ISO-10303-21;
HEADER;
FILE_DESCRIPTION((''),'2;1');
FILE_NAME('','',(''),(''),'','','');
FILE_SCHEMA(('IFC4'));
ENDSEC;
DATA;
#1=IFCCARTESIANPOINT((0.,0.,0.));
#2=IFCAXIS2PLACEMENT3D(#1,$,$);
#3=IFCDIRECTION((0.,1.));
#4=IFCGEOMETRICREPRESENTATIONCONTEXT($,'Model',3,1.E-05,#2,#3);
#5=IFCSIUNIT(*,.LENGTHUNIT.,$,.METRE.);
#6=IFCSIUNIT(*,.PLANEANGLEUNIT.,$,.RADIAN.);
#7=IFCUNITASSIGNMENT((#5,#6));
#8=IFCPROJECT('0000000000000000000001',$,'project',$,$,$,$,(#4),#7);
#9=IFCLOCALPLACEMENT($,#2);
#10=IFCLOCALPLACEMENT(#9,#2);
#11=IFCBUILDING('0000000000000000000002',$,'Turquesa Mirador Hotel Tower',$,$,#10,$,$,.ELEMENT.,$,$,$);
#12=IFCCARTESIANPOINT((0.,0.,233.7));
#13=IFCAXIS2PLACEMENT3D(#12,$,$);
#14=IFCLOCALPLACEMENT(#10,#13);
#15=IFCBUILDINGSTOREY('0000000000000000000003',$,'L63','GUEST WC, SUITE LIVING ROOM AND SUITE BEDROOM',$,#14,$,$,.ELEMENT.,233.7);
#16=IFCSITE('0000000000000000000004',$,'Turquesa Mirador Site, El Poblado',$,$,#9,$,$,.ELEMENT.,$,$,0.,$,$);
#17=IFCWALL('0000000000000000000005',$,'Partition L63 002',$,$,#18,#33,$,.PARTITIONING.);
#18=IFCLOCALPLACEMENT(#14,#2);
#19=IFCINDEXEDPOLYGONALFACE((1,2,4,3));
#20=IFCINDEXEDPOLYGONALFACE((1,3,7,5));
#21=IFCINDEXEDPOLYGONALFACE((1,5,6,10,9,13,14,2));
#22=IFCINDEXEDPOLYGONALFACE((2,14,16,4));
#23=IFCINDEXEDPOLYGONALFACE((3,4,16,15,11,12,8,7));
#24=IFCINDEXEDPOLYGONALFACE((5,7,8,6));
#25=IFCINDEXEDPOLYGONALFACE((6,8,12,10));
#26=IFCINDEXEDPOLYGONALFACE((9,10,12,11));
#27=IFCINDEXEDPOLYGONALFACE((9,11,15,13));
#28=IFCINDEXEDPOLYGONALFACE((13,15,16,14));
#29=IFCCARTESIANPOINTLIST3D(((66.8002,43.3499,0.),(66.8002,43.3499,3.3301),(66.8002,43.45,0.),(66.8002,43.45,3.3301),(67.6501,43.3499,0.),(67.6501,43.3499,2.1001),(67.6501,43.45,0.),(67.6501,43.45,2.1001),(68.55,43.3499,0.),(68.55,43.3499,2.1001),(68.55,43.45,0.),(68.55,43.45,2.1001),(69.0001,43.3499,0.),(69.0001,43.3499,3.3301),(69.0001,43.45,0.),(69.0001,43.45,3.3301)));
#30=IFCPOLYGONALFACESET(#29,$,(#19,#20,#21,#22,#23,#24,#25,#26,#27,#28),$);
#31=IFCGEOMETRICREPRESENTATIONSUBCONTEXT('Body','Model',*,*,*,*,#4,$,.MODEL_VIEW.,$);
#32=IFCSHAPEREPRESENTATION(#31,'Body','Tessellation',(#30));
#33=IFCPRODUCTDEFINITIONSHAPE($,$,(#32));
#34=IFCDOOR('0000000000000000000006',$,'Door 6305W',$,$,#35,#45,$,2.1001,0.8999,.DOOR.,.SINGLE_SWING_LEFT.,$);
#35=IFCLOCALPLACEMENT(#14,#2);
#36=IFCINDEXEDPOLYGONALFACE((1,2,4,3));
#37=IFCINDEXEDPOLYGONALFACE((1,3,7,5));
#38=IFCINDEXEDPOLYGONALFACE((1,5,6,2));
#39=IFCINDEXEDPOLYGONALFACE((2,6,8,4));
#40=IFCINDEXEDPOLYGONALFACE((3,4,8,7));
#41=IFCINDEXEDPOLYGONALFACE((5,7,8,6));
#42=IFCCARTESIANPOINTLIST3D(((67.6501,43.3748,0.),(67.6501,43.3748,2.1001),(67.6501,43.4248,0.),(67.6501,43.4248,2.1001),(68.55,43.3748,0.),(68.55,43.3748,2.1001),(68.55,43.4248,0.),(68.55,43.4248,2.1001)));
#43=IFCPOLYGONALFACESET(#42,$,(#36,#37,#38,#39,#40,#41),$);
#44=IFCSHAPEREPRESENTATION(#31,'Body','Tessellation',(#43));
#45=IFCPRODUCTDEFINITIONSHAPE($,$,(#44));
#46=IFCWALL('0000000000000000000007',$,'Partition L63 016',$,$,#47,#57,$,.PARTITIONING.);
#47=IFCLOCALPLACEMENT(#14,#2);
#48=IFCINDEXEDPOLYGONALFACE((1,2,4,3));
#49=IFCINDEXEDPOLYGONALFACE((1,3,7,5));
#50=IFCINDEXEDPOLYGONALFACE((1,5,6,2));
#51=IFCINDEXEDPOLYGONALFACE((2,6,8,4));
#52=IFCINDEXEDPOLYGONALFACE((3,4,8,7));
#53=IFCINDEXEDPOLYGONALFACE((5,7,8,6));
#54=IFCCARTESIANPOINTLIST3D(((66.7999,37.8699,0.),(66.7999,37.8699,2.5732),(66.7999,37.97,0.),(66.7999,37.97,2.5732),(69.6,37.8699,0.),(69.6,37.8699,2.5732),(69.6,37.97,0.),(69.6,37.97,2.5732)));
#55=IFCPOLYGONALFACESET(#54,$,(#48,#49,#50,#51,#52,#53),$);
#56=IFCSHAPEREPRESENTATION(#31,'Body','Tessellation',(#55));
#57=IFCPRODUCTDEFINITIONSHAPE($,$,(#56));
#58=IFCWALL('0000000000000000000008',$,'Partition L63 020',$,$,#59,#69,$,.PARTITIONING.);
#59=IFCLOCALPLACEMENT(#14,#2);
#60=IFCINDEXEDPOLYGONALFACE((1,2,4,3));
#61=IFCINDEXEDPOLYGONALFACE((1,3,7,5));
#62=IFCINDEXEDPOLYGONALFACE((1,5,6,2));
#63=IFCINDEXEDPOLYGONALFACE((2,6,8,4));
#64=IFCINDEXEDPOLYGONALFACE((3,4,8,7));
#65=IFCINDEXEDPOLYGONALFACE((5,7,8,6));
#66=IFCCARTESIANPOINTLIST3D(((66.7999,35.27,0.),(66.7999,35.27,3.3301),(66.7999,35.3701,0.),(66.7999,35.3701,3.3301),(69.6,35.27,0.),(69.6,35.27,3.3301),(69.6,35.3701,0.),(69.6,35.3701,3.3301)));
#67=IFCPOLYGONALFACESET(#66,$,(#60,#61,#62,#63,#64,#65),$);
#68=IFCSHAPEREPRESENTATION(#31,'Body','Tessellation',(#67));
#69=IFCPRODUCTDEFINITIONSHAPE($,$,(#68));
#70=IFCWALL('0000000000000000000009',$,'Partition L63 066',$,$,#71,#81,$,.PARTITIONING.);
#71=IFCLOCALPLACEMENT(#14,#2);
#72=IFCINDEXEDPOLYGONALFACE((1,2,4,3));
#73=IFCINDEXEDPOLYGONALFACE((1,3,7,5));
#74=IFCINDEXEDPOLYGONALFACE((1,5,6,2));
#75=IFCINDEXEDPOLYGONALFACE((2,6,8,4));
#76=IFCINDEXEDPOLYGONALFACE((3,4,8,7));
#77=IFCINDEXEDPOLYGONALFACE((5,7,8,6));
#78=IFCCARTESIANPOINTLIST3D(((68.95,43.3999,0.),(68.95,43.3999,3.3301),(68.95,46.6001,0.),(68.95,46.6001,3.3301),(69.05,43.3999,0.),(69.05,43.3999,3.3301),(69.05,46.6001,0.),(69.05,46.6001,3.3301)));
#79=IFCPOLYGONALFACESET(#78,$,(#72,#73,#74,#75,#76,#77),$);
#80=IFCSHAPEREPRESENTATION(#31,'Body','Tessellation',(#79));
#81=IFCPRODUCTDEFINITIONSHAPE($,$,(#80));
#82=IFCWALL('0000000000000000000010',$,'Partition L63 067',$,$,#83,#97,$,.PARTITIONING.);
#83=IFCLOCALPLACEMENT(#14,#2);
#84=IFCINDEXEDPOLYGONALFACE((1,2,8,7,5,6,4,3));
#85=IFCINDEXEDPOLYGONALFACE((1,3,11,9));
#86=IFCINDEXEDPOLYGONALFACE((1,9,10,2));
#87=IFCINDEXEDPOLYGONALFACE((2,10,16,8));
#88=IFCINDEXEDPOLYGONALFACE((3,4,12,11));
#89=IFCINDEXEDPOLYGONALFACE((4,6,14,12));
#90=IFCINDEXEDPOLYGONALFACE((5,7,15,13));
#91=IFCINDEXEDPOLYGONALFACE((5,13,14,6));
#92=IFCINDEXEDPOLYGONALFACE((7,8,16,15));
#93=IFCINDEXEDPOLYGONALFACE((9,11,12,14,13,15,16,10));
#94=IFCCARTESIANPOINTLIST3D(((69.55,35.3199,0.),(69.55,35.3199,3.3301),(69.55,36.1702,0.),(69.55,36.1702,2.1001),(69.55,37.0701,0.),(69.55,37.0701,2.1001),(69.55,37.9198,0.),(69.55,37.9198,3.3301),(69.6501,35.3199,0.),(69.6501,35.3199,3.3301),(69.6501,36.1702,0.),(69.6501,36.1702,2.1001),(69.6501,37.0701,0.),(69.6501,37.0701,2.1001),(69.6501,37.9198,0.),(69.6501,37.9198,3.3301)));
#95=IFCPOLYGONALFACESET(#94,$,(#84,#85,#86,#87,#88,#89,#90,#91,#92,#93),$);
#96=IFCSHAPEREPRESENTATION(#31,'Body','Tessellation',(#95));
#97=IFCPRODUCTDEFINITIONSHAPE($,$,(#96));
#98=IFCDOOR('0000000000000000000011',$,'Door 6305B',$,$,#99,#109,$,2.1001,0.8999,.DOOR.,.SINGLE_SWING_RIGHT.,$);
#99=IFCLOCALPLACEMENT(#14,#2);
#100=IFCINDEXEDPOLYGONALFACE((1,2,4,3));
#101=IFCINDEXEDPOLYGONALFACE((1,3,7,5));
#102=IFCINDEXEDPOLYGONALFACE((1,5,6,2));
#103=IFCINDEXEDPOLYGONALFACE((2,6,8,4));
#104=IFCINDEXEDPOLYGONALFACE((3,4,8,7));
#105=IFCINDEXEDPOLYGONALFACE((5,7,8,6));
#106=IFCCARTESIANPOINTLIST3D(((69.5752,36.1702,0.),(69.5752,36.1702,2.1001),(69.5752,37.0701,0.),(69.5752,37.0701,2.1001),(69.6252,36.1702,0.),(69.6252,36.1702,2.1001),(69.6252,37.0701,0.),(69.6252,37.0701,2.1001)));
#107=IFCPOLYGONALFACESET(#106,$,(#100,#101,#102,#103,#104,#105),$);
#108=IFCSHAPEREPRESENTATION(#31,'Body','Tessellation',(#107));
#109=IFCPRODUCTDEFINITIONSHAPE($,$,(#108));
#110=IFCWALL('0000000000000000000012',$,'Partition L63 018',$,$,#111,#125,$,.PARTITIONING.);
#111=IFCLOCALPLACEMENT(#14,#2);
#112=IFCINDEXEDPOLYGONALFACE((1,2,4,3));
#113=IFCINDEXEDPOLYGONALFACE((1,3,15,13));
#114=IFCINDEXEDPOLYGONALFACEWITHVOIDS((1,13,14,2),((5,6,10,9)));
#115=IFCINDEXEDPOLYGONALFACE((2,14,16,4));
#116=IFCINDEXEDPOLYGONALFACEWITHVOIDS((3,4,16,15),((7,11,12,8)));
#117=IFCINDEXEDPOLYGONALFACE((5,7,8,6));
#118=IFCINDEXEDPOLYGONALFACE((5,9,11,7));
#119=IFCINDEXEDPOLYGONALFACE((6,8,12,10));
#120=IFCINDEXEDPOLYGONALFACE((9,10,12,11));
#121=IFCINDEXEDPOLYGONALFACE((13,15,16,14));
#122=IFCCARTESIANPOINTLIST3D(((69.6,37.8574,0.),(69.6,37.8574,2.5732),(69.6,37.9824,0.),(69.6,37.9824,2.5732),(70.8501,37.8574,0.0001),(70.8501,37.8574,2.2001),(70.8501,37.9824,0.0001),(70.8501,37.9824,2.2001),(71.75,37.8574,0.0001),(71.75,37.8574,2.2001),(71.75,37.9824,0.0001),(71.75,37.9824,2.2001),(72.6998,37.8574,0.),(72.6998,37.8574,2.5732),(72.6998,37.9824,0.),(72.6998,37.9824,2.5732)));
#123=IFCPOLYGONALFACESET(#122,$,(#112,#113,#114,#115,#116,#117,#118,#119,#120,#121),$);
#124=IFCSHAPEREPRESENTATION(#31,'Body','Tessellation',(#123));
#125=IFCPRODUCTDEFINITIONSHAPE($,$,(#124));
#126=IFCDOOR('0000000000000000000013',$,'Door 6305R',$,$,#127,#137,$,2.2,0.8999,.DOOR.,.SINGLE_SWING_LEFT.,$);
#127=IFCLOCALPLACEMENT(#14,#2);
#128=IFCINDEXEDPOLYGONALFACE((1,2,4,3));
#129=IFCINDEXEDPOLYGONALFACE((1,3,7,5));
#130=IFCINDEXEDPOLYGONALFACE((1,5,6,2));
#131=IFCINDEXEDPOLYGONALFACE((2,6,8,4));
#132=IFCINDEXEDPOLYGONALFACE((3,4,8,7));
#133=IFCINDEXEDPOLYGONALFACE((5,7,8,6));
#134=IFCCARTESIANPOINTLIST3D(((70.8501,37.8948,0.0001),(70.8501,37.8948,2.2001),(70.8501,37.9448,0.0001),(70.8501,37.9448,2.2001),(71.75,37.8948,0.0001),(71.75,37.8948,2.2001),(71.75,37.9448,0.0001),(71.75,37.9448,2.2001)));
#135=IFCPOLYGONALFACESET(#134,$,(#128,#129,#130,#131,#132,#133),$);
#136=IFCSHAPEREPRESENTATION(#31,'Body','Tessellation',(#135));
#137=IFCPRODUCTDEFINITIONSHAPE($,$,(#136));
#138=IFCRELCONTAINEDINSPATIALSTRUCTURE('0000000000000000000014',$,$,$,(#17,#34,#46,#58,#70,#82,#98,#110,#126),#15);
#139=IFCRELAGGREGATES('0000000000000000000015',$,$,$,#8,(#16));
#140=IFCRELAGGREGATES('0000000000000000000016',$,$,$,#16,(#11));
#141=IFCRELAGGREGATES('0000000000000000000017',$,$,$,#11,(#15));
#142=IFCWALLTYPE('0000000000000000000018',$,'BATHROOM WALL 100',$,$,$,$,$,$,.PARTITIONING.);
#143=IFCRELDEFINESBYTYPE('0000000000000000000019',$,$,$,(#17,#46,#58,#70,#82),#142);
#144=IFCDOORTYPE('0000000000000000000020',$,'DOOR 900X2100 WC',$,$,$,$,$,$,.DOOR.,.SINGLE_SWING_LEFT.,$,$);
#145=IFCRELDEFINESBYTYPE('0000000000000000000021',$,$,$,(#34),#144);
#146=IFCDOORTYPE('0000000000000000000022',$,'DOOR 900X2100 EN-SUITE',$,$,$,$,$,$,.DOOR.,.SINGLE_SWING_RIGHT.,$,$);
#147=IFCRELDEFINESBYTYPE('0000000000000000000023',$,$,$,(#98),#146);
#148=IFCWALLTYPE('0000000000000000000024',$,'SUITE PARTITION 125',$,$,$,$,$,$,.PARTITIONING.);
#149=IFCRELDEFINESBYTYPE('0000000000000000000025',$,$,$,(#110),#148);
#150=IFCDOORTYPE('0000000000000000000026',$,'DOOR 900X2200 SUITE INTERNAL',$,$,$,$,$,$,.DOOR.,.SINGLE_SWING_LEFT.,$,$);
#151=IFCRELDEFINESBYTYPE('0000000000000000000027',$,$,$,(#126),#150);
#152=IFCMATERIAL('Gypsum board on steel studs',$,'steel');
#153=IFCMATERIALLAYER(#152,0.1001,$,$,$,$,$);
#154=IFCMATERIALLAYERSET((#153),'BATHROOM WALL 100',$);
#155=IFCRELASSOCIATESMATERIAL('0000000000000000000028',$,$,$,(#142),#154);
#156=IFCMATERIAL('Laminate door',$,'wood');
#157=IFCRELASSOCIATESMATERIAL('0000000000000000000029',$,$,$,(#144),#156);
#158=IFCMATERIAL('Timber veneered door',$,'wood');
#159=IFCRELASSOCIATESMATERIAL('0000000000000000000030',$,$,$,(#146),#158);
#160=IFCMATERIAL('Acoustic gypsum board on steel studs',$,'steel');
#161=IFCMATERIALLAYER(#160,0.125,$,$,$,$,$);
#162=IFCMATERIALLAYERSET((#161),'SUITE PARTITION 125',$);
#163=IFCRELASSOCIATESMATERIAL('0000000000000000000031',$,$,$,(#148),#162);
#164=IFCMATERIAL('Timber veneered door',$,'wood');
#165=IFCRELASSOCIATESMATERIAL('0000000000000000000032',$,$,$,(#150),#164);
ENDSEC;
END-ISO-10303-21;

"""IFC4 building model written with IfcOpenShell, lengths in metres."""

from ifc_helpers import new_model, si_unit, direction, frame, frame_2d, origin, place, context, subcontext, project, spatial, rectangle, extrude, material, layer, layer_set, type_object, element, fill, save


model = new_model("IFC4")

# Units and contexts
model_context = context("Model", 3, precision=1e-05, world=origin(), true_north=direction((0.0, 1.0)))
body_context = subcontext(model_context, "Body", "Model", "MODEL_VIEW")
ifc_project = project(units=[si_unit("LENGTHUNIT", "METRE"), si_unit("PLANEANGLEUNIT", "RADIAN")], contexts=[model_context])

# Site, building, storey
site_placement = place(None, origin())
site = spatial("IfcSite", under=ifc_project, at=site_placement, Name="Turquesa Mirador Site, El Poblado", CompositionType="ELEMENT", RefElevation=0.0)
building_placement = place(site_placement, origin())
building = spatial("IfcBuilding", under=site, at=building_placement, Name="Turquesa Mirador Hotel Tower", CompositionType="ELEMENT")
storey_placement = place(building_placement, frame((0.0, 0.0, 233.7)))
storey = spatial("IfcBuildingStorey", under=building, at=storey_placement, Name="L63", Description="GUEST WC, SUITE LIVING ROOM AND SUITE BEDROOM", CompositionType="ELEMENT", Elevation=233.7)

# Wall, opening, door
ifc_material_1 = material(Name="Gypsum board on steel studs", Category="steel")
ifc_layer_1 = layer(ifc_material_1, 0.1001)
ifc_layer_set_1 = layer_set([ifc_layer_1], Name="BATHROOM WALL 100")
wall_type_1 = type_object("IfcWallType", Name="BATHROOM WALL 100", PredefinedType="PARTITIONING", material=ifc_layer_set_1)
wall_1_placement = place(storey_placement, frame((66.8, 43.3999, 0.0), z_axis=(0.0, 0.0, 1.0), x_axis=(1.0, 0.0, 0.0)))
wall_1 = element("IfcWall", 1, at=wall_1_placement, inside=storey, type_object=wall_type_1, Name="Partition L63 002", PredefinedType="PARTITIONING", context=body_context, shape_type="SweptSolid", body=[
    extrude(rectangle(XDim=2.2, YDim=0.1001, at=frame_2d((1.1001, 0.0))), origin(), (0.0, 0.0, 1.0), 3.3301),
])
opening_1_placement = place(wall_1_placement, frame((0.8501, 0.0, 0.0)))
opening_1 = element("IfcOpeningElement", 2, at=opening_1_placement, cuts=wall_1, PredefinedType="OPENING", context=body_context, shape_type="SweptSolid", body=[
    extrude(rectangle(XDim=0.8999, YDim=2.1001, at=frame_2d((0.45, 1.05))), frame((0.0, 0.0601, 0.0), z_axis=(0.0, -1.0, 0.0), x_axis=(1.0, 0.0, 0.0)), (0.0, 0.0, 1.0), 0.1201),
])
ifc_material_2 = material(Name="Laminate door", Category="wood")
door_type_1 = type_object("IfcDoorType", Name="DOOR 900X2100 WC", OperationType="SINGLE_SWING_LEFT", PredefinedType="DOOR", material=ifc_material_2)
door_1_placement = place(opening_1_placement, origin())
door_1 = element("IfcDoor", 3, at=door_1_placement, inside=storey, type_object=door_type_1, Name="Door 6305W", OperationType="SINGLE_SWING_LEFT", OverallHeight=2.1001, OverallWidth=0.8999, PredefinedType="DOOR", context=body_context, shape_type="SweptSolid", body=[
    extrude(rectangle(XDim=0.8999, YDim=2.1001, at=frame_2d((0.45, 1.05))), frame((0.0, 0.0249, 0.0), z_axis=(0.0, -1.0, 0.0), x_axis=(1.0, 0.0, 0.0)), (0.0, 0.0, 1.0), 0.05),
])
fill(opening_1, door_1)

# Walls
wall_2_placement = place(storey_placement, frame((66.8, 37.9199, 0.0), z_axis=(0.0, 0.0, 1.0), x_axis=(1.0, 0.0, 0.0)))
element("IfcWall", 4, at=wall_2_placement, inside=storey, type_object=wall_type_1, Name="Partition L63 016", PredefinedType="PARTITIONING", context=body_context, shape_type="SweptSolid", body=[
    extrude(rectangle(XDim=2.8, YDim=0.1001, at=frame_2d((1.3999, 0.0))), origin(), (0.0, 0.0, 1.0), 2.5732),
])
wall_3_placement = place(storey_placement, frame((66.8, 35.3201, 0.0), z_axis=(0.0, 0.0, 1.0), x_axis=(1.0, 0.0, 0.0)))
element("IfcWall", 5, at=wall_3_placement, inside=storey, type_object=wall_type_1, Name="Partition L63 020", PredefinedType="PARTITIONING", context=body_context, shape_type="SweptSolid", body=[
    extrude(rectangle(XDim=2.8, YDim=0.1001, at=frame_2d((1.3999, 0.0))), origin(), (0.0, 0.0, 1.0), 3.3301),
])
wall_4_placement = place(storey_placement, frame((69.0, 43.3999, 0.0), z_axis=(0.0, 0.0, 1.0), x_axis=(0.0, 1.0, 0.0)))
element("IfcWall", 6, at=wall_4_placement, inside=storey, type_object=wall_type_1, Name="Partition L63 066", PredefinedType="PARTITIONING", context=body_context, shape_type="SweptSolid", body=[
    extrude(rectangle(XDim=3.2002, YDim=0.1001, at=frame_2d((1.6001, 0.0))), origin(), (0.0, 0.0, 1.0), 3.3301),
])

# Walls, openings, doors
wall_5_placement = place(storey_placement, frame((69.6001, 35.3201, 0.0), z_axis=(0.0, 0.0, 1.0), x_axis=(0.0, 1.0, 0.0)))
wall_5 = element("IfcWall", 7, at=wall_5_placement, inside=storey, type_object=wall_type_1, Name="Partition L63 067", PredefinedType="PARTITIONING", context=body_context, shape_type="SweptSolid", body=[
    extrude(rectangle(XDim=2.5999, YDim=0.1001, at=frame_2d((1.2998, 0.0))), origin(), (0.0, 0.0, 1.0), 3.3301),
])
opening_2_placement = place(wall_5_placement, frame((0.8501, 0.0, 0.0)))
opening_2 = element("IfcOpeningElement", 8, at=opening_2_placement, cuts=wall_5, PredefinedType="OPENING", context=body_context, shape_type="SweptSolid", body=[
    extrude(rectangle(XDim=0.8999, YDim=2.1001, at=frame_2d((0.45, 1.05))), frame((0.0, 0.0601, 0.0), z_axis=(0.0, -1.0, 0.0), x_axis=(1.0, 0.0, 0.0)), (0.0, 0.0, 1.0), 0.1201),
])
ifc_material_3 = material(Name="Timber veneered door", Category="wood")
door_type_2 = type_object("IfcDoorType", Name="DOOR 900X2100 EN-SUITE", OperationType="SINGLE_SWING_RIGHT", PredefinedType="DOOR", material=ifc_material_3)
door_2_placement = place(opening_2_placement, origin())
door_2 = element("IfcDoor", 9, at=door_2_placement, inside=storey, type_object=door_type_2, Name="Door 6305B", OperationType="SINGLE_SWING_RIGHT", OverallHeight=2.1001, OverallWidth=0.8999, PredefinedType="DOOR", context=body_context, shape_type="SweptSolid", body=[
    extrude(rectangle(XDim=0.8999, YDim=2.1001, at=frame_2d((0.45, 1.05))), frame((0.0, 0.0249, 0.0), z_axis=(0.0, -1.0, 0.0), x_axis=(1.0, 0.0, 0.0)), (0.0, 0.0, 1.0), 0.05),
])
fill(opening_2, door_2)
ifc_material_4 = material(Name="Acoustic gypsum board on steel studs", Category="steel")
ifc_layer_2 = layer(ifc_material_4, 0.125)
ifc_layer_set_2 = layer_set([ifc_layer_2], Name="SUITE PARTITION 125")
wall_type_2 = type_object("IfcWallType", Name="SUITE PARTITION 125", PredefinedType="PARTITIONING", material=ifc_layer_set_2)
wall_6_placement = place(storey_placement, frame((69.6001, 37.9199, 0.0), z_axis=(0.0, 0.0, 1.0), x_axis=(1.0, 0.0, 0.0)))
wall_6 = element("IfcWall", 10, at=wall_6_placement, inside=storey, type_object=wall_type_2, Name="Partition L63 018", PredefinedType="PARTITIONING", context=body_context, shape_type="SweptSolid", body=[
    extrude(rectangle(XDim=3.0999, YDim=0.125, at=frame_2d((1.5498, 0.0))), origin(), (0.0, 0.0, 1.0), 2.5732),
])
opening_3_placement = place(wall_6_placement, frame((1.25, 0.0, 0.0)))
opening_3 = element("IfcOpeningElement", 11, at=opening_3_placement, cuts=wall_6, PredefinedType="OPENING", context=body_context, shape_type="SweptSolid", body=[
    extrude(rectangle(XDim=0.8999, YDim=2.2, at=frame_2d((0.45, 1.1001))), frame((0.0, 0.0725, 0.0), z_axis=(0.0, -1.0, 0.0), x_axis=(1.0, 0.0, 0.0)), (0.0, 0.0, 1.0), 0.145),
])
ifc_material_5 = material(Name="Timber veneered door", Category="wood")
door_type_3 = type_object("IfcDoorType", Name="DOOR 900X2200 SUITE INTERNAL", OperationType="SINGLE_SWING_LEFT", PredefinedType="DOOR", material=ifc_material_5)
door_3_placement = place(opening_3_placement, origin())
door_3 = element("IfcDoor", 12, at=door_3_placement, inside=storey, type_object=door_type_3, Name="Door 6305R", OperationType="SINGLE_SWING_LEFT", OverallHeight=2.2, OverallWidth=0.8999, PredefinedType="DOOR", context=body_context, shape_type="SweptSolid", body=[
    extrude(rectangle(XDim=0.8999, YDim=2.2, at=frame_2d((0.45, 1.1001))), frame((0.0, 0.0249, 0.0), z_axis=(0.0, -1.0, 0.0), x_axis=(1.0, 0.0, 0.0)), (0.0, 0.0, 1.0), 0.05),
])
fill(opening_3, door_3)

save(model, "model.ifc")
